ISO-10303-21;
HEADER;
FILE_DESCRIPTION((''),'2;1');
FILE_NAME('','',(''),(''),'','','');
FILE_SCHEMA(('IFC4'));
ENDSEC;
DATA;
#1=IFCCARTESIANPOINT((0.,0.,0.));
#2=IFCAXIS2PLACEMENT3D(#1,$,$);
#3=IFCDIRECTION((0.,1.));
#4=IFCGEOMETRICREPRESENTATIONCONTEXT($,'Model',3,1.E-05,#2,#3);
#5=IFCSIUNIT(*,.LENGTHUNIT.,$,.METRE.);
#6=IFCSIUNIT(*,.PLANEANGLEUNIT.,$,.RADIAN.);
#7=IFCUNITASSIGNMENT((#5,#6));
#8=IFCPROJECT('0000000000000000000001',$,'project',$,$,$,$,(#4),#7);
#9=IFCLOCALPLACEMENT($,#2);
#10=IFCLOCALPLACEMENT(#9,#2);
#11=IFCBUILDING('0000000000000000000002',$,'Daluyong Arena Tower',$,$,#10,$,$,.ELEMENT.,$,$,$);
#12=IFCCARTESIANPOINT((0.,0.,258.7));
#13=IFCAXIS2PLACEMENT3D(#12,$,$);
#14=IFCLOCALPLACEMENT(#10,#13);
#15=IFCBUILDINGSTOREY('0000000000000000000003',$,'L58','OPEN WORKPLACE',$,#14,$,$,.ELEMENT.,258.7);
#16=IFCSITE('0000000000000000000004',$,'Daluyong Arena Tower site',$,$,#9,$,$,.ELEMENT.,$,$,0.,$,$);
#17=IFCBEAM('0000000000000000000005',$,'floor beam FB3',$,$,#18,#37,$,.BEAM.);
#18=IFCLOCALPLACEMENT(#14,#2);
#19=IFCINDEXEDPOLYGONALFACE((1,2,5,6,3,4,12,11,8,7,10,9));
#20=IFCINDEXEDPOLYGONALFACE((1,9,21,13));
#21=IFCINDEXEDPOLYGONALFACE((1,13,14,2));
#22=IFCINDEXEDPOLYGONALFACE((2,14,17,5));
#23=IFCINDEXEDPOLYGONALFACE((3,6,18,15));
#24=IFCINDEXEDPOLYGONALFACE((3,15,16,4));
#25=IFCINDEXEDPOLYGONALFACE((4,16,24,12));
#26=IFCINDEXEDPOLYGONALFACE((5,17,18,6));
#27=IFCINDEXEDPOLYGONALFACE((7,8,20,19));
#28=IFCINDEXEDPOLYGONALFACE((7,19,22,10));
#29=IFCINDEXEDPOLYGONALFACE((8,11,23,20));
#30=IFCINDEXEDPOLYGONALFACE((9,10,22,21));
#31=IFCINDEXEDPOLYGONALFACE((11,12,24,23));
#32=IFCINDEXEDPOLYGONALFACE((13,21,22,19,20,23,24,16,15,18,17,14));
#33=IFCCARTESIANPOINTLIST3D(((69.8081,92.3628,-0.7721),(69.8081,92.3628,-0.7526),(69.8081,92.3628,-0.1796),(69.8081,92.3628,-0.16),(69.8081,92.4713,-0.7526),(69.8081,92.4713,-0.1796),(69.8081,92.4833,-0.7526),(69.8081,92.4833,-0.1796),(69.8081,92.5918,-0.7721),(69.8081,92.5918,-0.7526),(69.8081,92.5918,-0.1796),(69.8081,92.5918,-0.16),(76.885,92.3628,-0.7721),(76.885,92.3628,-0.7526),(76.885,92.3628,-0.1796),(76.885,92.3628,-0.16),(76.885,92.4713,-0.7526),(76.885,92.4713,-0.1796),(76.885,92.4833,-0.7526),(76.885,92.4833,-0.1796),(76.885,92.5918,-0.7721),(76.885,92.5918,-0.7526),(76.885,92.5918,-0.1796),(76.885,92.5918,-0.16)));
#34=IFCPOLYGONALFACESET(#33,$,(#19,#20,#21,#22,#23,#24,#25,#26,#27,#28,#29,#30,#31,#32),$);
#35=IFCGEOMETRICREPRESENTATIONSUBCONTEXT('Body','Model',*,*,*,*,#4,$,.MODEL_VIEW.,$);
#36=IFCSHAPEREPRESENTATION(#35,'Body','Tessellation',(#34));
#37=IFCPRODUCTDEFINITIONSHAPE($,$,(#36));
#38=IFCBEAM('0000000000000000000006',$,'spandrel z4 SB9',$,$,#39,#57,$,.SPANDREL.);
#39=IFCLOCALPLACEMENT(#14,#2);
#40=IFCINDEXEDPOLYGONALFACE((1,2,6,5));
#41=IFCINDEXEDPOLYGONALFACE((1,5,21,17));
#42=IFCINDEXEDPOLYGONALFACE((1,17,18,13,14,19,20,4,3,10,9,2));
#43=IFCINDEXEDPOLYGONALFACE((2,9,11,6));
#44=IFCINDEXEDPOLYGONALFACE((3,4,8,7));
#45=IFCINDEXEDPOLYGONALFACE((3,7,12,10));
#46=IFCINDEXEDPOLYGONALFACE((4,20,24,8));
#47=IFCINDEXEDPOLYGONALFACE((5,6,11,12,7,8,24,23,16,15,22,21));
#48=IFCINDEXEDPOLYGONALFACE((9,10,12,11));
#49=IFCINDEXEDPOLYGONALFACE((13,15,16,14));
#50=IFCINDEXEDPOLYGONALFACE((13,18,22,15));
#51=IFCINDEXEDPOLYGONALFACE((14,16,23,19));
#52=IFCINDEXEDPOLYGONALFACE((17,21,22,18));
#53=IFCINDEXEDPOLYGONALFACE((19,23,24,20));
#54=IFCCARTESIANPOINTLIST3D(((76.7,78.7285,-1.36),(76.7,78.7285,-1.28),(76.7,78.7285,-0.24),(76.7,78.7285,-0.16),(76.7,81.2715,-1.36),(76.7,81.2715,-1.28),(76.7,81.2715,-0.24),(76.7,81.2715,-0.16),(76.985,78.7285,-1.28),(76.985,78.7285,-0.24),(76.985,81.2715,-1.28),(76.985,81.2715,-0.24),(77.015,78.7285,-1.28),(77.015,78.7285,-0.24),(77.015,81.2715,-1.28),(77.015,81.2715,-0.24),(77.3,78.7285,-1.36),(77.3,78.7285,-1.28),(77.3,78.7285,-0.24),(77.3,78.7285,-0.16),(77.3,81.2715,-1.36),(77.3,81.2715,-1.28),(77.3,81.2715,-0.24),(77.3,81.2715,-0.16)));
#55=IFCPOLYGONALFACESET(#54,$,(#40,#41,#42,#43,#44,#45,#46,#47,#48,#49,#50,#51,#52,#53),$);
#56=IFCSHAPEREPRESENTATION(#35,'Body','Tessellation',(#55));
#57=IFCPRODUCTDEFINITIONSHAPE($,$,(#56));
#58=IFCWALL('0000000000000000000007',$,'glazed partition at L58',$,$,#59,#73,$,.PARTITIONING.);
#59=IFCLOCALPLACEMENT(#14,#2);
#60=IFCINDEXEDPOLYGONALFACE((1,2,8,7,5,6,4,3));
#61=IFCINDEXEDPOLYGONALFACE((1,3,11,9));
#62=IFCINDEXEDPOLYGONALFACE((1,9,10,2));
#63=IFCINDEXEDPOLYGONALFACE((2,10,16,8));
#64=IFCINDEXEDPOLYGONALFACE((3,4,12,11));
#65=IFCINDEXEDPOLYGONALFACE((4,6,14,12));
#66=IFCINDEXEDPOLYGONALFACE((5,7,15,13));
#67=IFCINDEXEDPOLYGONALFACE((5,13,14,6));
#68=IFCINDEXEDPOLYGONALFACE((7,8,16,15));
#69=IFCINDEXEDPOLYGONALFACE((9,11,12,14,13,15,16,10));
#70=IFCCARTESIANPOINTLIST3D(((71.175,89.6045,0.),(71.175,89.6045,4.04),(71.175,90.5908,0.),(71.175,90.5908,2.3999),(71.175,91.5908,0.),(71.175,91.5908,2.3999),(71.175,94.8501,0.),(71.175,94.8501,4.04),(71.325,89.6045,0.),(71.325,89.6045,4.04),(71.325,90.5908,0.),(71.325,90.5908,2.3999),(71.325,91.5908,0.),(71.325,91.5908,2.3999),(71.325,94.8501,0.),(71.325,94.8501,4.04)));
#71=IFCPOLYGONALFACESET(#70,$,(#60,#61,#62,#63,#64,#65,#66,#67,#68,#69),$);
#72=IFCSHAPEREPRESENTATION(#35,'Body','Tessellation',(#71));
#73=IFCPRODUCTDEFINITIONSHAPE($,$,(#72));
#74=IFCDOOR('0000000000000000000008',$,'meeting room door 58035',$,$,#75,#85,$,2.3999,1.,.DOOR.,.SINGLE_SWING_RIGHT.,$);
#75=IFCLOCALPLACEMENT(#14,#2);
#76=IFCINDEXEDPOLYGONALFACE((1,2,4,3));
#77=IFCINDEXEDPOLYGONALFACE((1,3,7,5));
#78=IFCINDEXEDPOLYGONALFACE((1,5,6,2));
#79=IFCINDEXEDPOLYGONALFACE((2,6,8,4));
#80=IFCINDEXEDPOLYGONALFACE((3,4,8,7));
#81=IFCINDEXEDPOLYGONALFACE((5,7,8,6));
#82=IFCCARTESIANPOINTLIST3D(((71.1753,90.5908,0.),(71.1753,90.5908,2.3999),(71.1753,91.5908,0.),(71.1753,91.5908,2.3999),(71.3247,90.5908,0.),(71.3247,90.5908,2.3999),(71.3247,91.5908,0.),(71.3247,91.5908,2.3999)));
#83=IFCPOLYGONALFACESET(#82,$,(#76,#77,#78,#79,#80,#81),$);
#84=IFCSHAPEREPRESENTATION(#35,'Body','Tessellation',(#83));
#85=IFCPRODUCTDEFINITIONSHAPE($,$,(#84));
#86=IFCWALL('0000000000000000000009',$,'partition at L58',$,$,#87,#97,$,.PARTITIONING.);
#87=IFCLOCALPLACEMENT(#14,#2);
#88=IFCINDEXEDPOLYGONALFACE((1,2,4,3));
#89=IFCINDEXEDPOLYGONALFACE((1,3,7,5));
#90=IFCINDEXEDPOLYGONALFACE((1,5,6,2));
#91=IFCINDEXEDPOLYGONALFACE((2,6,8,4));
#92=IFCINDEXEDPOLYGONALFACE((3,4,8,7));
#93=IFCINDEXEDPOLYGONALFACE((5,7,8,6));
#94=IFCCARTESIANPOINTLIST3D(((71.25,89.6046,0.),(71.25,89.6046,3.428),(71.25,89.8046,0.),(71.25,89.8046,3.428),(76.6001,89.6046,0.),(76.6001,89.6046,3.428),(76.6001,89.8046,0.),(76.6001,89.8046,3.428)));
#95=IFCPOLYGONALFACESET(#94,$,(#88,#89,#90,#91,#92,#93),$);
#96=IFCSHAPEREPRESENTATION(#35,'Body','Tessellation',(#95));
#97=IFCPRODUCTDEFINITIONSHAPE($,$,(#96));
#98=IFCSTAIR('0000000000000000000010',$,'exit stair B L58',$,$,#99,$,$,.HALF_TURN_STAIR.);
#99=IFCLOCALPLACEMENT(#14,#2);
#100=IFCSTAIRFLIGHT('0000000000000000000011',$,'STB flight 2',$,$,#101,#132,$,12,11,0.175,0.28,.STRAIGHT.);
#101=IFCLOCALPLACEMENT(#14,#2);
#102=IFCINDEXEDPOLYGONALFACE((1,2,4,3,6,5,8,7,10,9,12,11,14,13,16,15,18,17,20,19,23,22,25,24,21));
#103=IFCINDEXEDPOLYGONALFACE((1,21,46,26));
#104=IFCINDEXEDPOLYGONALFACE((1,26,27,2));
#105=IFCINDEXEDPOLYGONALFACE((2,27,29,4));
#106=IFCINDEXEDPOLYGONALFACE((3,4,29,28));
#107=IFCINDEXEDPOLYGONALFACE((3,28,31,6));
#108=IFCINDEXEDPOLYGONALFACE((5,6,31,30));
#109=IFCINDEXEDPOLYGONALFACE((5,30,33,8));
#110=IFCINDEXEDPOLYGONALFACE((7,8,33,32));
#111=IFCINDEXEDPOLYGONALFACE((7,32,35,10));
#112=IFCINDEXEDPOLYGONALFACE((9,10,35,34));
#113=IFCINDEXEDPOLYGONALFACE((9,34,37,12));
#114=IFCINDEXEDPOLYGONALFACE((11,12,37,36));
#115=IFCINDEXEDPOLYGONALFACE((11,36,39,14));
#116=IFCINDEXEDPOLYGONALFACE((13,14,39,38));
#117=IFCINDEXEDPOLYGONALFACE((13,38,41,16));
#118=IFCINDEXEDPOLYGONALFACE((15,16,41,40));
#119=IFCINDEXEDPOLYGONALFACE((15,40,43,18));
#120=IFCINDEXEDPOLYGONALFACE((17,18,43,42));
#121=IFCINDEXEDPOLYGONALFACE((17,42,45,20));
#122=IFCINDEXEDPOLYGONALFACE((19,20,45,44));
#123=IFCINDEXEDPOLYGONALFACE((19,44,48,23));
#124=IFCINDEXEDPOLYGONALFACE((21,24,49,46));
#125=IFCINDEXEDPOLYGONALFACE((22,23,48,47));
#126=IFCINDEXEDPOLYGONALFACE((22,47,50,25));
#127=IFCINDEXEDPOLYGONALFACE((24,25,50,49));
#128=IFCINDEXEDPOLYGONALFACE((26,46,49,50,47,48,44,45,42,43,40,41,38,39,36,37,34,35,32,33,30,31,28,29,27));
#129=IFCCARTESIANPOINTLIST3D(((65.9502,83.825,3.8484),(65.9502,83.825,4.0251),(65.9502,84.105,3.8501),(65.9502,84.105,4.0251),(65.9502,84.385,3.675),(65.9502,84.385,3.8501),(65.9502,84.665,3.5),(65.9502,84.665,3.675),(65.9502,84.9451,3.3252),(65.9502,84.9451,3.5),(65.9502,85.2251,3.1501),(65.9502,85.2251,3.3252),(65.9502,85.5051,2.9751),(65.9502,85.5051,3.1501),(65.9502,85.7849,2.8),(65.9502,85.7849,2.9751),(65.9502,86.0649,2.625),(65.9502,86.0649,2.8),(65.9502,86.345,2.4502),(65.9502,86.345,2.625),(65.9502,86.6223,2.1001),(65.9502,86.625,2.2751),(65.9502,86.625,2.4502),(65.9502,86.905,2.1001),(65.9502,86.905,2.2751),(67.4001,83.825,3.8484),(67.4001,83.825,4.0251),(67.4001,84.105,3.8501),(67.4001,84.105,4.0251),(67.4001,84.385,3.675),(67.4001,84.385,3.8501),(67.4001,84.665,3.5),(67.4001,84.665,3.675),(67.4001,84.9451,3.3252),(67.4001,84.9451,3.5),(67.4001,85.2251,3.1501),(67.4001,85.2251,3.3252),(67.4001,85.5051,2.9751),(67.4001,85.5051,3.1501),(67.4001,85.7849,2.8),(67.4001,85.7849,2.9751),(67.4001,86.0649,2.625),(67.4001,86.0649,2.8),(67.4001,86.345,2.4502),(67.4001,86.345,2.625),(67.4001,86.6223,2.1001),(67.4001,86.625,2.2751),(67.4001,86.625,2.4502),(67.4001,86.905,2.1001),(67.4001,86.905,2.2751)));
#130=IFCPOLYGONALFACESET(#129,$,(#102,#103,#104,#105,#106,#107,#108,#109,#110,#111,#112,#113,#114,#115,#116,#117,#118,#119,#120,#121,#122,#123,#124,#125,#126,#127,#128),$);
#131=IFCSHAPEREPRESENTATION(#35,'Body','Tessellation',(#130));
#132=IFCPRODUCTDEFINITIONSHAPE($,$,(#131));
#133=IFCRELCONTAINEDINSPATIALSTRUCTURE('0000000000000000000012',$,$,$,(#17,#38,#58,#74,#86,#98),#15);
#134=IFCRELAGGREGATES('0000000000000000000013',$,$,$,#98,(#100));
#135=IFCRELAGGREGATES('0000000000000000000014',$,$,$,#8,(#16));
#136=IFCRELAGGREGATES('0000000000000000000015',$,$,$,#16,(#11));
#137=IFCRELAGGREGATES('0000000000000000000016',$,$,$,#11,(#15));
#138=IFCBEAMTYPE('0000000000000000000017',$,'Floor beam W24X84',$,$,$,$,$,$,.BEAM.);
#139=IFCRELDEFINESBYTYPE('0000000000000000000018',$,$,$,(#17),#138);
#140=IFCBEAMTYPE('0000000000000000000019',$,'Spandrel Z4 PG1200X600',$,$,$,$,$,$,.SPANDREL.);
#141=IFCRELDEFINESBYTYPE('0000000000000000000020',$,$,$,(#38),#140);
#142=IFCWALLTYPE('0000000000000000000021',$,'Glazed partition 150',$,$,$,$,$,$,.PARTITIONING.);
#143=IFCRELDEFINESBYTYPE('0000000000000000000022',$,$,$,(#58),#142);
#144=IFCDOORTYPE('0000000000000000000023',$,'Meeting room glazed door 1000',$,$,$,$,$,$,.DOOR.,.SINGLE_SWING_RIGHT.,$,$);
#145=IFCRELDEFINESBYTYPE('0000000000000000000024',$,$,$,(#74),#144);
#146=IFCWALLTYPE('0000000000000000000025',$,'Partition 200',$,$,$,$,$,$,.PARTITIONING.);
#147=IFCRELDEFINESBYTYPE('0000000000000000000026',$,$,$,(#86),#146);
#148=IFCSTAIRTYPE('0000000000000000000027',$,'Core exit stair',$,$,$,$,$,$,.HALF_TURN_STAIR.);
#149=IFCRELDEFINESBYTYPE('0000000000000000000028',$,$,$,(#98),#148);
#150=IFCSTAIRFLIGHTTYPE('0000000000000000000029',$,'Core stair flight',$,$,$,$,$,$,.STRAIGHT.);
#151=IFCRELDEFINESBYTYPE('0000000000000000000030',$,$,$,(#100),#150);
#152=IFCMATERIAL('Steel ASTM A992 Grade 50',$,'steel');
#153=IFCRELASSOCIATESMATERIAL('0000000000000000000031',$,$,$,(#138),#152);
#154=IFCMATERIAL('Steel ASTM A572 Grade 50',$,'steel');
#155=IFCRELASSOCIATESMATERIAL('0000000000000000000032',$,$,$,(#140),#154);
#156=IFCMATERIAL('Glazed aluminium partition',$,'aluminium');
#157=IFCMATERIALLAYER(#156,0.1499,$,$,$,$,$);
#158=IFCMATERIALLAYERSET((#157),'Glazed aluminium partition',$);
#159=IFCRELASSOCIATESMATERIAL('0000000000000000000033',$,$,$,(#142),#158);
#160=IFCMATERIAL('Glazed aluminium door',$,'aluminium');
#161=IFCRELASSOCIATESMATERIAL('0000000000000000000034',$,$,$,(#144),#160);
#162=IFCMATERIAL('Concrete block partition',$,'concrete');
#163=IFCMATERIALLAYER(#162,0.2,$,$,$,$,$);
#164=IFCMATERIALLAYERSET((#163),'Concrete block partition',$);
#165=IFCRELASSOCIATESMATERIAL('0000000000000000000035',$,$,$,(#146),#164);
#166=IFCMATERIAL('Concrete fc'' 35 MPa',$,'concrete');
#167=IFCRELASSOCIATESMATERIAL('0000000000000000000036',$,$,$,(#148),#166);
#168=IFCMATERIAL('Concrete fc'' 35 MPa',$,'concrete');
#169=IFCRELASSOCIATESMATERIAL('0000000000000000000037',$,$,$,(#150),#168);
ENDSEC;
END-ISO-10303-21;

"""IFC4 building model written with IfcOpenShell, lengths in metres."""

from ifc_helpers import new_model, si_unit, direction, frame, frame_2d, origin, origin_2d, place, context, subcontext, project, spatial, polyline, rectangle, i_section, outline, extrude, material, layer, layer_set, material_profile, profile_set, type_object, element, fill, aggregate, save


model = new_model("IFC4")

# Units and contexts
model_context = context("Model", 3, precision=1e-05, world=origin(), true_north=direction((0.0, 1.0)))
body_context = subcontext(model_context, "Body", "Model", "MODEL_VIEW")
ifc_project = project(units=[si_unit("LENGTHUNIT", "METRE"), si_unit("PLANEANGLEUNIT", "RADIAN")], contexts=[model_context])

# Site, building, storey
site_placement = place(None, origin())
site = spatial("IfcSite", under=ifc_project, at=site_placement, Name="Daluyong Arena Tower site", CompositionType="ELEMENT", RefElevation=0.0)
building_placement = place(site_placement, origin())
building = spatial("IfcBuilding", under=site, at=building_placement, Name="Daluyong Arena Tower", CompositionType="ELEMENT")
storey_placement = place(building_placement, frame((0.0, 0.0, 258.7)))
storey = spatial("IfcBuildingStorey", under=building, at=storey_placement, Name="L58", Description="OPEN WORKPLACE", CompositionType="ELEMENT", Elevation=258.7)

# Beams
ifc_material_1 = material(Name="Steel ASTM A992 Grade 50", Category="steel")
ifc_material_profile_1 = material_profile(ifc_material_1, i_section(OverallWidth=0.229, OverallDepth=0.6121, WebThickness=0.012, FlangeThickness=0.0195, at=origin_2d()))
ifc_profile_set_1 = profile_set([ifc_material_profile_1], Name="Steel ASTM A992 Grade 50")
beam_type_1 = type_object("IfcBeamType", Name="Floor beam W24X84", PredefinedType="BEAM", material=ifc_profile_set_1)
beam_1_placement = place(storey_placement, frame((76.885, 92.4773, -0.4661), z_axis=(-1.0, 0.0, 0.0), x_axis=(0.0, -1.0, 0.0)))
element("IfcBeam", 1, at=beam_1_placement, inside=storey, type_object=beam_type_1, Name="floor beam FB3", PredefinedType="BEAM", context=body_context, shape_type="SweptSolid", body=[
    extrude(i_section(OverallWidth=0.229, OverallDepth=0.6121, WebThickness=0.012, FlangeThickness=0.0195, at=origin_2d()), origin(), (0.0, 0.0, 1.0), 7.0769),
])
ifc_material_2 = material(Name="Steel ASTM A572 Grade 50", Category="steel")
ifc_material_profile_2 = material_profile(ifc_material_2, i_section(OverallWidth=0.6001, OverallDepth=1.2, WebThickness=0.03, FlangeThickness=0.08, at=origin_2d()))
ifc_profile_set_2 = profile_set([ifc_material_profile_2], Name="Steel ASTM A572 Grade 50")
beam_type_2 = type_object("IfcBeamType", Name="Spandrel Z4 PG1200X600", PredefinedType="SPANDREL", material=ifc_profile_set_2)
beam_2_placement = place(storey_placement, frame((77.0, 78.7285, -0.76), z_axis=(0.0, 1.0, 0.0), x_axis=(-1.0, 0.0, 0.0)))
element("IfcBeam", 2, at=beam_2_placement, inside=storey, type_object=beam_type_2, Name="spandrel z4 SB9", PredefinedType="SPANDREL", context=body_context, shape_type="SweptSolid", body=[
    extrude(i_section(OverallWidth=0.6001, OverallDepth=1.2, WebThickness=0.03, FlangeThickness=0.08, at=origin_2d()), origin(), (0.0, 0.0, 1.0), 2.543),
])

# Wall, opening, door
ifc_material_3 = material(Name="Glazed aluminium partition", Category="aluminium")
ifc_layer_1 = layer(ifc_material_3, 0.1499)
ifc_layer_set_1 = layer_set([ifc_layer_1], Name="Glazed aluminium partition")
wall_type_1 = type_object("IfcWallType", Name="Glazed partition 150", PredefinedType="PARTITIONING", material=ifc_layer_set_1)
wall_1_placement = place(storey_placement, frame((71.25, 89.6045, 0.0), z_axis=(0.0, 0.0, 1.0), x_axis=(0.0, 1.0, 0.0)))
wall_1 = element("IfcWall", 3, at=wall_1_placement, inside=storey, type_object=wall_type_1, Name="glazed partition at L58", PredefinedType="PARTITIONING", context=body_context, shape_type="SweptSolid", body=[
    extrude(rectangle(XDim=5.2456, YDim=0.1499, at=frame_2d((2.6228, 0.0))), origin(), (0.0, 0.0, 1.0), 4.04),
])
opening_placement = place(wall_1_placement, frame((0.9863, 0.0, 0.0)))
opening = element("IfcOpeningElement", 4, at=opening_placement, cuts=wall_1, PredefinedType="OPENING", context=body_context, shape_type="SweptSolid", body=[
    extrude(rectangle(XDim=1.0, YDim=2.3999, at=frame_2d((0.5, 1.2))), frame((0.0, 0.085, 0.0), z_axis=(0.0, -1.0, 0.0), x_axis=(1.0, 0.0, 0.0)), (0.0, 0.0, 1.0), 0.1699),
])
ifc_material_4 = material(Name="Glazed aluminium door", Category="aluminium")
door_type = type_object("IfcDoorType", Name="Meeting room glazed door 1000", OperationType="SINGLE_SWING_RIGHT", PredefinedType="DOOR", material=ifc_material_4)
door_placement = place(opening_placement, origin())
door = element("IfcDoor", 5, at=door_placement, inside=storey, type_object=door_type, Name="meeting room door 58035", OperationType="SINGLE_SWING_RIGHT", OverallHeight=2.3999, OverallWidth=1.0, PredefinedType="DOOR", context=body_context, shape_type="SweptSolid", body=[
    extrude(rectangle(XDim=1.0, YDim=2.3999, at=frame_2d((0.5, 1.2))), frame((0.0, 0.0747, 0.0), z_axis=(0.0, -1.0, 0.0), x_axis=(1.0, 0.0, 0.0)), (0.0, 0.0, 1.0), 0.1494),
])
fill(opening, door)

# Wall
ifc_material_5 = material(Name="Concrete block partition", Category="concrete")
ifc_layer_2 = layer(ifc_material_5, 0.2)
ifc_layer_set_2 = layer_set([ifc_layer_2], Name="Concrete block partition")
wall_type_2 = type_object("IfcWallType", Name="Partition 200", PredefinedType="PARTITIONING", material=ifc_layer_set_2)
wall_2_placement = place(storey_placement, frame((71.25, 89.7046, 0.0), z_axis=(0.0, 0.0, 1.0), x_axis=(1.0, 0.0, 0.0)))
element("IfcWall", 6, at=wall_2_placement, inside=storey, type_object=wall_type_2, Name="partition at L58", PredefinedType="PARTITIONING", context=body_context, shape_type="SweptSolid", body=[
    extrude(rectangle(XDim=5.3501, YDim=0.2, at=frame_2d((2.675, 0.0))), origin(), (0.0, 0.0, 1.0), 3.428),
])

# Stair, stair flight
ifc_material_6 = material(Name="Concrete fc' 35 MPa", Category="concrete")
stair_type = type_object("IfcStairType", Name="Core exit stair", PredefinedType="HALF_TURN_STAIR", material=ifc_material_6)
stair_placement = place(storey_placement, origin())
stair = element("IfcStair", 7, at=stair_placement, inside=storey, type_object=stair_type, Name="exit stair B L58", PredefinedType="HALF_TURN_STAIR")
ifc_material_7 = material(Name="Concrete fc' 35 MPa", Category="concrete")
stair_flight_type = type_object("IfcStairFlightType", Name="Core stair flight", PredefinedType="STRAIGHT", material=ifc_material_7)
stair_flight_placement = place(storey_placement, frame((66.675, 86.905, 2.1001), z_axis=(0.0, 0.0, 1.0), x_axis=(0.0, -1.0, 0.0)))
stair_flight = element("IfcStairFlight", 8, at=stair_flight_placement, type_object=stair_flight_type, Name="STB flight 2", NumberOfRisers=12, NumberOfTreads=11, PredefinedType="STRAIGHT", RiserHeight=0.175, TreadLength=0.28, context=body_context, shape_type="SweptSolid", body=[
    extrude(outline(polyline([(0.0, 0.0), (0.0, 0.175), (0.28, 0.175), (0.28, 0.3501), (0.5601, 0.3501), (0.5601, 0.5249), (0.8401, 0.5249), (0.8401, 0.7), (1.1201, 0.7), (1.1201, 0.875), (1.3999, 0.875), (1.3999, 1.05), (1.6799, 1.05), (1.6799, 1.2251), (1.96, 1.2251), (1.96, 1.3999), (2.24, 1.3999), (2.24, 1.575), (2.52, 1.575), (2.52, 1.75), (2.8, 1.75), (2.8, 1.925), (3.0801, 1.925), (3.0801, 2.1001), (3.0801, 1.7483), (0.2827, 0.0), (0.0, 0.0)])), frame((0.0, 0.7251, 0.0), z_axis=(0.0, -1.0, 0.0), x_axis=(1.0, 0.0, 0.0)), (0.0, 0.0, 1.0), 1.45),
])
aggregate(stair, [stair_flight])

save(model, "model.ifc")
